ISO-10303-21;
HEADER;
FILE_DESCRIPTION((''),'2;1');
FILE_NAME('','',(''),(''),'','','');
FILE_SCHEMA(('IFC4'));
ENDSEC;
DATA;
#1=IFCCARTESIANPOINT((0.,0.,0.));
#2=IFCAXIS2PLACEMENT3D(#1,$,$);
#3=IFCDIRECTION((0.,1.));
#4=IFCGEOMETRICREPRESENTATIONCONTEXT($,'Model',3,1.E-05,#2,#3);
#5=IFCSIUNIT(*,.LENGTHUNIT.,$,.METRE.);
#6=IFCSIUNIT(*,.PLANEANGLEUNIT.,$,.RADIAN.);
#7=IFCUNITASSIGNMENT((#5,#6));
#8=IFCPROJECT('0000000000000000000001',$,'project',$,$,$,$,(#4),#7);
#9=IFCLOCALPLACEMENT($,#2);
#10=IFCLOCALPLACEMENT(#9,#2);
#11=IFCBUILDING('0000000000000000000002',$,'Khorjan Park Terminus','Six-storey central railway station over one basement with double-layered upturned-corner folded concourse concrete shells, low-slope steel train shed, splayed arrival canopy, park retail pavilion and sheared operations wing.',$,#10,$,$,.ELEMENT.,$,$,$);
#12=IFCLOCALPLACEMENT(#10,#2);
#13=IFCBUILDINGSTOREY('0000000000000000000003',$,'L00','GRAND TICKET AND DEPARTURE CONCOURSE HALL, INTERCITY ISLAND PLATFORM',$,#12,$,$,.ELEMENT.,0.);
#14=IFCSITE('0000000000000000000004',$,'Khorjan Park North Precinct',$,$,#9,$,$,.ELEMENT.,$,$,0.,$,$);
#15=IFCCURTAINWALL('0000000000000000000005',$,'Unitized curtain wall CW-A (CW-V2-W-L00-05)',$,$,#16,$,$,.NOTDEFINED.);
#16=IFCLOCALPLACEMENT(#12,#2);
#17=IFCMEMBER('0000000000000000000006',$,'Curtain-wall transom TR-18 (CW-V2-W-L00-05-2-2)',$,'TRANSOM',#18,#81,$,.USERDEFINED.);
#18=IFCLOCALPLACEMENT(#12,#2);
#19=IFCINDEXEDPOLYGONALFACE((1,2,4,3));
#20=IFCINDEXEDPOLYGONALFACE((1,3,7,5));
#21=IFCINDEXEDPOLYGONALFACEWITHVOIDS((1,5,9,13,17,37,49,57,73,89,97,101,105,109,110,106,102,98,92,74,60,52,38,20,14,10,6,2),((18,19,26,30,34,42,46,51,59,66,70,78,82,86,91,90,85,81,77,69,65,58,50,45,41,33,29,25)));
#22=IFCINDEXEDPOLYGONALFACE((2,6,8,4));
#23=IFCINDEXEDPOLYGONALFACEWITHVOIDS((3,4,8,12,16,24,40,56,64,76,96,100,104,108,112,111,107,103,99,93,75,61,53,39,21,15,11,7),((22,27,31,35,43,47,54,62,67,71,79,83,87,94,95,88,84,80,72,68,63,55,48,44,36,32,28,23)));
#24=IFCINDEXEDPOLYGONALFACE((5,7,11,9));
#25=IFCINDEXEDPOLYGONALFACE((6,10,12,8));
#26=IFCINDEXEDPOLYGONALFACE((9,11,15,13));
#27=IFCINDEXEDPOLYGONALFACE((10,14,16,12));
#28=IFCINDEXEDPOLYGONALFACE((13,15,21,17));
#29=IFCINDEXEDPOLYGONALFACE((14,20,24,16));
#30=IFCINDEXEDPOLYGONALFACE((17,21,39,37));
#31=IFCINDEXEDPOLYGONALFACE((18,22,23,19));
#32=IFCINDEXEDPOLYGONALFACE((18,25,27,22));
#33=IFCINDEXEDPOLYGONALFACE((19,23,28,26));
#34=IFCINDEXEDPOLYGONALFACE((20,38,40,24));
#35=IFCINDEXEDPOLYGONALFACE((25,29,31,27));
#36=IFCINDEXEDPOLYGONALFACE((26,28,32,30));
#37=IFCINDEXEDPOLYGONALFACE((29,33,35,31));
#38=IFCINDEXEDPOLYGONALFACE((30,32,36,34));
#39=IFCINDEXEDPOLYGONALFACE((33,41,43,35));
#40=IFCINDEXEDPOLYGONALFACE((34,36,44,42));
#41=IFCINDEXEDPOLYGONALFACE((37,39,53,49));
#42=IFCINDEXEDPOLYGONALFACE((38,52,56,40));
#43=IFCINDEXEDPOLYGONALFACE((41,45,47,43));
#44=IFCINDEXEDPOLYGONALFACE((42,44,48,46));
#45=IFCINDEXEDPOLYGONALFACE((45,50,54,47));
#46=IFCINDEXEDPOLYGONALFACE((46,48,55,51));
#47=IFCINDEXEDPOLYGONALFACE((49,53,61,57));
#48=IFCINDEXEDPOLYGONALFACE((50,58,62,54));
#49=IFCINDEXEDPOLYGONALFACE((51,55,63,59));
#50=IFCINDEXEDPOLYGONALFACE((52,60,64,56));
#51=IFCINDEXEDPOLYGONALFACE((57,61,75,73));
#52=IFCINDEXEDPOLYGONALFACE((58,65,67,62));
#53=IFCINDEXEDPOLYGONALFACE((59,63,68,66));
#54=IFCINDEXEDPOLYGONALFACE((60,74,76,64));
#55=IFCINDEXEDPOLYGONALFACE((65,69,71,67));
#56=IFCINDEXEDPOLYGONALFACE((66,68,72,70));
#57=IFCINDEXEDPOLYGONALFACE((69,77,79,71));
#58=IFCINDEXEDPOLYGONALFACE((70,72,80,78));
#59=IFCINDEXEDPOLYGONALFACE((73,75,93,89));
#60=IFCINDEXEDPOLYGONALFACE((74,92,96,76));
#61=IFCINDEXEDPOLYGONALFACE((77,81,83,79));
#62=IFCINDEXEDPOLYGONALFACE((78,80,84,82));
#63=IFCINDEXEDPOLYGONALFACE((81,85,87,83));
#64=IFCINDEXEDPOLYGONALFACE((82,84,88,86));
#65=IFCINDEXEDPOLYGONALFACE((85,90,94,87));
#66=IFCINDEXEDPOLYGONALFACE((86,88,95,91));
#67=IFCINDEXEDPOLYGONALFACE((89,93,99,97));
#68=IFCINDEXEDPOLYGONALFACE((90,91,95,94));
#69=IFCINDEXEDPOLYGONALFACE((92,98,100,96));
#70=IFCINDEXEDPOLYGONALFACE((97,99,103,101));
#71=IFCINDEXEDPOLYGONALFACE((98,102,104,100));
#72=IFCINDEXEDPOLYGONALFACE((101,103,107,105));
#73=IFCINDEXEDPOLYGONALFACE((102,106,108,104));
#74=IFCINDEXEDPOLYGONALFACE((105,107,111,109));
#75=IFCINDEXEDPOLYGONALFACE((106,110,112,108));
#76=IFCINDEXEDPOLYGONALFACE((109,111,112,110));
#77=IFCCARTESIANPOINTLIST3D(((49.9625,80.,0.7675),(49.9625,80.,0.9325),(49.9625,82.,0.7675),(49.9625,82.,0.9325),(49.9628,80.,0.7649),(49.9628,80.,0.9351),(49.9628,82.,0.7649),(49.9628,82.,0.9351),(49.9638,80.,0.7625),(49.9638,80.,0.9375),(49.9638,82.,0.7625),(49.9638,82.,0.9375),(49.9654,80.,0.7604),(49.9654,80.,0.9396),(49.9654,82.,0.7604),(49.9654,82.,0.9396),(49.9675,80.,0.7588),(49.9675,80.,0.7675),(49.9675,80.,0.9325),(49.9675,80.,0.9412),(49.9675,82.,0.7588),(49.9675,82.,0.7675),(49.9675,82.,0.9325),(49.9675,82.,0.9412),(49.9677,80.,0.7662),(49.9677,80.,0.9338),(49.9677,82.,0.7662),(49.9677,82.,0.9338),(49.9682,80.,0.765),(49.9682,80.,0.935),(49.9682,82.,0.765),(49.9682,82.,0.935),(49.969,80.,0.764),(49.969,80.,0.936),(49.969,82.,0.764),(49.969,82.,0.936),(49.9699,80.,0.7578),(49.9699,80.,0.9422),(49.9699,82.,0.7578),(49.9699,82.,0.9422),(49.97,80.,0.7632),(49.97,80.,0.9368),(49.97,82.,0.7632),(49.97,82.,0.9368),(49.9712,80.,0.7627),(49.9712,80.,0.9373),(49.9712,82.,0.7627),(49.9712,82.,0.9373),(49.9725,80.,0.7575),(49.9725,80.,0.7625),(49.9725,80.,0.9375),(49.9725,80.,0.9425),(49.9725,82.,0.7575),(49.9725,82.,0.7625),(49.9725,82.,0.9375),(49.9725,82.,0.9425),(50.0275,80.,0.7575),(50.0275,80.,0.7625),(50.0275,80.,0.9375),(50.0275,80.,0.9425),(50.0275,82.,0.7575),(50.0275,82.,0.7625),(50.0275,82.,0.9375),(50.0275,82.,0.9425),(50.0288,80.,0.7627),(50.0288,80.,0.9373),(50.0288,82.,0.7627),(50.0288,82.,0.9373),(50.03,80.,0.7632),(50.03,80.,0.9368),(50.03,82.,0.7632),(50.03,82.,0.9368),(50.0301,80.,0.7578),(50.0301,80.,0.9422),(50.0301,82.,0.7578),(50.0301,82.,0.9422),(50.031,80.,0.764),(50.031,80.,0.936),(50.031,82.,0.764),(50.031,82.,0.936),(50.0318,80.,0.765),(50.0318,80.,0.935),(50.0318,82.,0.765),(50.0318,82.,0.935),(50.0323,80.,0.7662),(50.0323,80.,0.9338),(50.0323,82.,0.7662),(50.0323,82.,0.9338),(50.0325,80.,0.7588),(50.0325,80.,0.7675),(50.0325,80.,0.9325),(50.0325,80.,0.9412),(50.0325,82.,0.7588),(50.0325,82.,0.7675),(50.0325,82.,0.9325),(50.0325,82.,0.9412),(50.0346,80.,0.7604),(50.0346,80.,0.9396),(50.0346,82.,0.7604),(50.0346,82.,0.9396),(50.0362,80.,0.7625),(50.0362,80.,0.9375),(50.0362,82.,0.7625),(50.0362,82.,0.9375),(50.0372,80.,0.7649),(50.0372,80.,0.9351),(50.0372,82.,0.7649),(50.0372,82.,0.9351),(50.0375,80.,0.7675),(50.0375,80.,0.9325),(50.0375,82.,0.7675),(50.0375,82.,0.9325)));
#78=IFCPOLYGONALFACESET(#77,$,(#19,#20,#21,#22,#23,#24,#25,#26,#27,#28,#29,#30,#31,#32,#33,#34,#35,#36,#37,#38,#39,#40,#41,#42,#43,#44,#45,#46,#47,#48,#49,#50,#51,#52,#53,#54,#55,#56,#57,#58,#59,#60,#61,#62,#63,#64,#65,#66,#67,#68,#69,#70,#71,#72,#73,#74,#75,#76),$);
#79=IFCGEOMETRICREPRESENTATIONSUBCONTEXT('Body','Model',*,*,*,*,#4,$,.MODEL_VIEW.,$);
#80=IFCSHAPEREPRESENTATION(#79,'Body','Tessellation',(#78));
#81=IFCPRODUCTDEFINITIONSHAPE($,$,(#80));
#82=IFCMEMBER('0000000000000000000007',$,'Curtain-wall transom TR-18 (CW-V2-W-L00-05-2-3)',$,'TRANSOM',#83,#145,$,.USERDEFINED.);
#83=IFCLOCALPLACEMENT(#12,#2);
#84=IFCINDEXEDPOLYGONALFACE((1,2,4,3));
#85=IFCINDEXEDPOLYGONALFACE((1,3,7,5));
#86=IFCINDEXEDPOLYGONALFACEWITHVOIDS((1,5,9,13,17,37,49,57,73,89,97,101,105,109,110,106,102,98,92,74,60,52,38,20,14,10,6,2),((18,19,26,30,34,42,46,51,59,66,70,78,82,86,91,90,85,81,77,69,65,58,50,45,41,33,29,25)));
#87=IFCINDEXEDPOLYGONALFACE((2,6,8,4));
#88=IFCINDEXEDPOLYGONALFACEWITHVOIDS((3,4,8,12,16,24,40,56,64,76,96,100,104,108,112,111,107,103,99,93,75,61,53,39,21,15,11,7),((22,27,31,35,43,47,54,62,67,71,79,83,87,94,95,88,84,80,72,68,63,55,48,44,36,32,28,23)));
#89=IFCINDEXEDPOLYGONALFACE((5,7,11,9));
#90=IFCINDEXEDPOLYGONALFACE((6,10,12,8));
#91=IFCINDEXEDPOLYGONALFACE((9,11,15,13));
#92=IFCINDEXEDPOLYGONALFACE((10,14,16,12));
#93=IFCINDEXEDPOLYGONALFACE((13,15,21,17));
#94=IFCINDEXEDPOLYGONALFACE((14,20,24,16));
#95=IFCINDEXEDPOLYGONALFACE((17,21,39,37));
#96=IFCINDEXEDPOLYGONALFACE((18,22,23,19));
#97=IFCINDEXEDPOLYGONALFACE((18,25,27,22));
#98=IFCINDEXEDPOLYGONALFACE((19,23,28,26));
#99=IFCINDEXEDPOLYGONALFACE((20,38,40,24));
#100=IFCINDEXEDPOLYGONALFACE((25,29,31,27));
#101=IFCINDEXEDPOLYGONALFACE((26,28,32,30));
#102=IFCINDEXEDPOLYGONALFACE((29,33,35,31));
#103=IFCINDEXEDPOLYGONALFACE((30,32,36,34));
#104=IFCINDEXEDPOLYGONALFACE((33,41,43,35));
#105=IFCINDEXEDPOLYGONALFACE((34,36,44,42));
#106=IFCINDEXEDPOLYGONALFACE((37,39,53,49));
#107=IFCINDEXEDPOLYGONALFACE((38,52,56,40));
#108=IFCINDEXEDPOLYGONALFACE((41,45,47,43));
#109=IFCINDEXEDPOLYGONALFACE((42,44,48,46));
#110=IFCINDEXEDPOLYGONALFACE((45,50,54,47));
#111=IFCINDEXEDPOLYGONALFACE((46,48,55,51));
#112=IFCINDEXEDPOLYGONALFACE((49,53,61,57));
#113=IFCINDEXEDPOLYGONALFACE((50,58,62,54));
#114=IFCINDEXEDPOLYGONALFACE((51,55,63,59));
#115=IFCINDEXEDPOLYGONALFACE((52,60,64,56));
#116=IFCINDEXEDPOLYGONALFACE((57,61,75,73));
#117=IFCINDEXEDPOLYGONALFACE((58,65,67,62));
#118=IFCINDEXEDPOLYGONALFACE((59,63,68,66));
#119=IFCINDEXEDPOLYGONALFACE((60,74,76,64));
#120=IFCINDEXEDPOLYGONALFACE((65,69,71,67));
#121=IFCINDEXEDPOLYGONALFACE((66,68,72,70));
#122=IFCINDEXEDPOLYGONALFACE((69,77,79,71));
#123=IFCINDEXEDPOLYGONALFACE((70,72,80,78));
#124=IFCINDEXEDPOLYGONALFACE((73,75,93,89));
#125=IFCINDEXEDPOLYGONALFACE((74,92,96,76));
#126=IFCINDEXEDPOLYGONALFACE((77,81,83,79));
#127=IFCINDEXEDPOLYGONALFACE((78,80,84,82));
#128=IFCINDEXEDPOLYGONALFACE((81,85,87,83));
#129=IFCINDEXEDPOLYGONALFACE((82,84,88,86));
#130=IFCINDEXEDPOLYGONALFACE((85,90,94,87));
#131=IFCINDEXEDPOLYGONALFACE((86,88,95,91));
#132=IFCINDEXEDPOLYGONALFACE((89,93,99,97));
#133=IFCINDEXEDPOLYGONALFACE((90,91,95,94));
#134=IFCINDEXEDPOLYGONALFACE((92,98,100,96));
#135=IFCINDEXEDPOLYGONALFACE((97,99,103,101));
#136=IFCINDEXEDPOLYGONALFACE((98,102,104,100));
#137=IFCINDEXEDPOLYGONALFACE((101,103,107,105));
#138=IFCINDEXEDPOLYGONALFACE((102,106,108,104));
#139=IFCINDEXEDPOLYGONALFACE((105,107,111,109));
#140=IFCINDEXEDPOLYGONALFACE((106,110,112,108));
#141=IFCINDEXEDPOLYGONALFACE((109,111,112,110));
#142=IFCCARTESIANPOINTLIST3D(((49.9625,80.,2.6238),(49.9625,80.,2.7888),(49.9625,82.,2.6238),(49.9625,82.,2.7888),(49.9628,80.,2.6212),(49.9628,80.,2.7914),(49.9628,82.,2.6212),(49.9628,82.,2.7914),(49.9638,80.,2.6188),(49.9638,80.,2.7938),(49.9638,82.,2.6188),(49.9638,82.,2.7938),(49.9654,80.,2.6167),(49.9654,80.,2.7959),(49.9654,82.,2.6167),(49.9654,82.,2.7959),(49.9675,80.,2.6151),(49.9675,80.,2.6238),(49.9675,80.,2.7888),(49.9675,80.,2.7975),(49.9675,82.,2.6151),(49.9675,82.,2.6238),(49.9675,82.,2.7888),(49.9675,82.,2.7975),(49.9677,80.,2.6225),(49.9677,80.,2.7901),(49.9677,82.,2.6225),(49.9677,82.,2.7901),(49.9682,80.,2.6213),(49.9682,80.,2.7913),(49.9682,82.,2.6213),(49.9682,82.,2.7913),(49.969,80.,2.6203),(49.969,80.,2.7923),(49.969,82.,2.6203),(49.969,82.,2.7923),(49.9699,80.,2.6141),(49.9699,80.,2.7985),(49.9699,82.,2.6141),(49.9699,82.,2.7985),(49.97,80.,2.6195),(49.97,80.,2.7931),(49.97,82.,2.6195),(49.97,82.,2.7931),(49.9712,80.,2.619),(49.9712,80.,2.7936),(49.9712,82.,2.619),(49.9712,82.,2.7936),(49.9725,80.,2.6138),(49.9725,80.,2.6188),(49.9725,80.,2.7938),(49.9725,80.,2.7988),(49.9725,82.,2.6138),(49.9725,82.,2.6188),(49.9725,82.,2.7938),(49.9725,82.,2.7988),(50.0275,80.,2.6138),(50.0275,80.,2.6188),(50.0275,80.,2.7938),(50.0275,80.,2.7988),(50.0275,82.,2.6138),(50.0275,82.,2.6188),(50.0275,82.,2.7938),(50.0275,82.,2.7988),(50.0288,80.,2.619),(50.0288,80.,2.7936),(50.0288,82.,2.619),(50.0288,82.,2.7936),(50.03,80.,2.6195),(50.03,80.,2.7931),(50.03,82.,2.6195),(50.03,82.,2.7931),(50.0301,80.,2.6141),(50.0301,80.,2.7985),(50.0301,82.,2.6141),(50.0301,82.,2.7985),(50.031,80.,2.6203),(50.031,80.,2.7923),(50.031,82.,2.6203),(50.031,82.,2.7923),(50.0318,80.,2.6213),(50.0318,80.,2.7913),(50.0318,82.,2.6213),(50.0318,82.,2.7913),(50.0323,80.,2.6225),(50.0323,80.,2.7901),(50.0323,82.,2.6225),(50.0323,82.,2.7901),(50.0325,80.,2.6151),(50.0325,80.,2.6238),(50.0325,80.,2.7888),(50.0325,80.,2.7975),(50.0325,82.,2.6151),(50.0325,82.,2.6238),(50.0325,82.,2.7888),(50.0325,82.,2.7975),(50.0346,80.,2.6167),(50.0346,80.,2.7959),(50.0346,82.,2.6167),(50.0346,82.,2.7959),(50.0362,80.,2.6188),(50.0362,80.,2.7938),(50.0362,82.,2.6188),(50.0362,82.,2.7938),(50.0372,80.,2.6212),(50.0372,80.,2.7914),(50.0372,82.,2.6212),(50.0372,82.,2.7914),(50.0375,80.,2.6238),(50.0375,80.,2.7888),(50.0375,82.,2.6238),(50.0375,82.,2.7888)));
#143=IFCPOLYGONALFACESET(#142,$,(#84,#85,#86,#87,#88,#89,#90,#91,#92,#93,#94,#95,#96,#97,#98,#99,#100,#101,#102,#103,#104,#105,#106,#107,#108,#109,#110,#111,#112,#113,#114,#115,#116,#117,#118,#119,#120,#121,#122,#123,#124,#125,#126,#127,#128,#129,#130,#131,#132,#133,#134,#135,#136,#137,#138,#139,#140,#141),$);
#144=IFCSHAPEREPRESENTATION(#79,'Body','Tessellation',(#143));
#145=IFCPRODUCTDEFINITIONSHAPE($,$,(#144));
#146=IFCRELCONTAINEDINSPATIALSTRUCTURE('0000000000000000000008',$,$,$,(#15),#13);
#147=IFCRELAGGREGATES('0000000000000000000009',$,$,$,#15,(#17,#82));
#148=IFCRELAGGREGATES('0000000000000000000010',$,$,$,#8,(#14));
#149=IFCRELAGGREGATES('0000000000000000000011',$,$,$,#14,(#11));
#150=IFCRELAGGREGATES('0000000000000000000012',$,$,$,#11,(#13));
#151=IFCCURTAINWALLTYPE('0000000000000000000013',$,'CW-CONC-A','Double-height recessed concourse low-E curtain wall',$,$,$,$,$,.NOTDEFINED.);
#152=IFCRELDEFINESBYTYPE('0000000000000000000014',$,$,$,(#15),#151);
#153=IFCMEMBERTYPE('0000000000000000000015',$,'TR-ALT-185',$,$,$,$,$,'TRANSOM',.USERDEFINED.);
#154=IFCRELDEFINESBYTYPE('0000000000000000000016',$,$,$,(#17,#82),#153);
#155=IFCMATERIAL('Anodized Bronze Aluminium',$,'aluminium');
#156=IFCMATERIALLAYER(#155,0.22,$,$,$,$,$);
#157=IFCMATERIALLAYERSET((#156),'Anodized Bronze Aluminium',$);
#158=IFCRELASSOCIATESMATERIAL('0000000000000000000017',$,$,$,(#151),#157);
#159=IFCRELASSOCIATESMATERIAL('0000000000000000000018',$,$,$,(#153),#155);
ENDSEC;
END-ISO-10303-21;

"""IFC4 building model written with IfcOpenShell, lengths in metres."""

from ifc_helpers import new_model, si_unit, direction, frame, origin, origin_2d, place, context, subcontext, project, spatial, hollow_rectangle, extrude, material, layer, layer_set, material_profile, profile_set, type_object, element, aggregate, save


model = new_model("IFC4")

# Units and contexts
model_context = context("Model", 3, precision=1e-05, world=origin(), true_north=direction((0.0, 1.0)))
body_context = subcontext(model_context, "Body", "Model", "MODEL_VIEW")
ifc_project = project(units=[si_unit("LENGTHUNIT", "METRE"), si_unit("PLANEANGLEUNIT", "RADIAN")], contexts=[model_context])

# Site, building, storey
site_placement = place(None, origin())
site = spatial("IfcSite", under=ifc_project, at=site_placement, Name="Khorjan Park North Precinct", CompositionType="ELEMENT", RefElevation=0.0)
building_placement = place(site_placement, origin())
building = spatial("IfcBuilding", under=site, at=building_placement, Name="Khorjan Park Terminus", Description="Six-storey central railway station over one basement with double-layered upturned-corner folded concourse concrete shells, low-slope steel train shed, splayed arrival canopy, park retail pavilion and sheared operations wing.", CompositionType="ELEMENT")
storey_placement = place(building_placement, origin())
storey = spatial("IfcBuildingStorey", under=building, at=storey_placement, Name="L00", Description="GRAND TICKET AND DEPARTURE CONCOURSE HALL, INTERCITY ISLAND PLATFORM", CompositionType="ELEMENT", Elevation=0.0)

# Shared definitions
ifc_material_1 = material(Name="Anodized Bronze Aluminium", Category="aluminium")
ifc_layer_1 = layer(ifc_material_1, 0.22)
ifc_layer_set_1 = layer_set([ifc_layer_1], Name="Anodized Bronze Aluminium")
curtain_wall_type = type_object("IfcCurtainWallType", Name="CW-CONC-A", Description="Double-height recessed concourse low-E curtain wall", PredefinedType="NOTDEFINED", material=ifc_layer_set_1)

# Curtain wall, members
curtain_wall_1_placement = place(storey_placement, origin())
curtain_wall_1 = element("IfcCurtainWall", 1, at=curtain_wall_1_placement, inside=storey, type_object=curtain_wall_type, Name="Unitized curtain wall CW-A (CW-V2-W-L00-05)", PredefinedType="NOTDEFINED")
ifc_material_profile_1 = material_profile(ifc_material_1, hollow_rectangle(XDim=0.075, YDim=0.185, WallThickness=0.005, InnerFilletRadius=0.005, OuterFilletRadius=0.01, at=origin_2d()), Name="ALT 75x185x5")
ifc_profile_set_1 = profile_set([ifc_material_profile_1], Name="Anodized Bronze Aluminium")
member_type_1 = type_object("IfcMemberType", Name="TR-ALT-185", ElementType="TRANSOM", PredefinedType="USERDEFINED", material=ifc_profile_set_1)
member_1_placement = place(storey_placement, frame((50.0, 82.0, 0.85), z_axis=(0.0, -1.0, 0.0), x_axis=(1.0, 0.0, 0.0)))
member_1 = element("IfcMember", 2, at=member_1_placement, type_object=member_type_1, Name="Curtain-wall transom TR-18 (CW-V2-W-L00-05-2-2)", ObjectType="TRANSOM", PredefinedType="USERDEFINED", context=body_context, shape_type="SweptSolid", body=[
    extrude(hollow_rectangle(XDim=0.075, YDim=0.185, WallThickness=0.005, InnerFilletRadius=0.005, OuterFilletRadius=0.01, at=origin_2d()), origin(), (0.0, 0.0, 1.0), 2.0),
])
member_2_placement = place(storey_placement, frame((50.0, 82.0, 2.7063), z_axis=(0.0, -1.0, 0.0), x_axis=(1.0, 0.0, 0.0)))
member_2 = element("IfcMember", 3, at=member_2_placement, type_object=member_type_1, Name="Curtain-wall transom TR-18 (CW-V2-W-L00-05-2-3)", ObjectType="TRANSOM", PredefinedType="USERDEFINED", context=body_context, shape_type="SweptSolid", body=[
    extrude(hollow_rectangle(XDim=0.075, YDim=0.185, WallThickness=0.005, InnerFilletRadius=0.005, OuterFilletRadius=0.01, at=origin_2d()), origin(), (0.0, 0.0, 1.0), 2.0),
])
aggregate(curtain_wall_1, [member_1, member_2])

save(model, "model.ifc")
